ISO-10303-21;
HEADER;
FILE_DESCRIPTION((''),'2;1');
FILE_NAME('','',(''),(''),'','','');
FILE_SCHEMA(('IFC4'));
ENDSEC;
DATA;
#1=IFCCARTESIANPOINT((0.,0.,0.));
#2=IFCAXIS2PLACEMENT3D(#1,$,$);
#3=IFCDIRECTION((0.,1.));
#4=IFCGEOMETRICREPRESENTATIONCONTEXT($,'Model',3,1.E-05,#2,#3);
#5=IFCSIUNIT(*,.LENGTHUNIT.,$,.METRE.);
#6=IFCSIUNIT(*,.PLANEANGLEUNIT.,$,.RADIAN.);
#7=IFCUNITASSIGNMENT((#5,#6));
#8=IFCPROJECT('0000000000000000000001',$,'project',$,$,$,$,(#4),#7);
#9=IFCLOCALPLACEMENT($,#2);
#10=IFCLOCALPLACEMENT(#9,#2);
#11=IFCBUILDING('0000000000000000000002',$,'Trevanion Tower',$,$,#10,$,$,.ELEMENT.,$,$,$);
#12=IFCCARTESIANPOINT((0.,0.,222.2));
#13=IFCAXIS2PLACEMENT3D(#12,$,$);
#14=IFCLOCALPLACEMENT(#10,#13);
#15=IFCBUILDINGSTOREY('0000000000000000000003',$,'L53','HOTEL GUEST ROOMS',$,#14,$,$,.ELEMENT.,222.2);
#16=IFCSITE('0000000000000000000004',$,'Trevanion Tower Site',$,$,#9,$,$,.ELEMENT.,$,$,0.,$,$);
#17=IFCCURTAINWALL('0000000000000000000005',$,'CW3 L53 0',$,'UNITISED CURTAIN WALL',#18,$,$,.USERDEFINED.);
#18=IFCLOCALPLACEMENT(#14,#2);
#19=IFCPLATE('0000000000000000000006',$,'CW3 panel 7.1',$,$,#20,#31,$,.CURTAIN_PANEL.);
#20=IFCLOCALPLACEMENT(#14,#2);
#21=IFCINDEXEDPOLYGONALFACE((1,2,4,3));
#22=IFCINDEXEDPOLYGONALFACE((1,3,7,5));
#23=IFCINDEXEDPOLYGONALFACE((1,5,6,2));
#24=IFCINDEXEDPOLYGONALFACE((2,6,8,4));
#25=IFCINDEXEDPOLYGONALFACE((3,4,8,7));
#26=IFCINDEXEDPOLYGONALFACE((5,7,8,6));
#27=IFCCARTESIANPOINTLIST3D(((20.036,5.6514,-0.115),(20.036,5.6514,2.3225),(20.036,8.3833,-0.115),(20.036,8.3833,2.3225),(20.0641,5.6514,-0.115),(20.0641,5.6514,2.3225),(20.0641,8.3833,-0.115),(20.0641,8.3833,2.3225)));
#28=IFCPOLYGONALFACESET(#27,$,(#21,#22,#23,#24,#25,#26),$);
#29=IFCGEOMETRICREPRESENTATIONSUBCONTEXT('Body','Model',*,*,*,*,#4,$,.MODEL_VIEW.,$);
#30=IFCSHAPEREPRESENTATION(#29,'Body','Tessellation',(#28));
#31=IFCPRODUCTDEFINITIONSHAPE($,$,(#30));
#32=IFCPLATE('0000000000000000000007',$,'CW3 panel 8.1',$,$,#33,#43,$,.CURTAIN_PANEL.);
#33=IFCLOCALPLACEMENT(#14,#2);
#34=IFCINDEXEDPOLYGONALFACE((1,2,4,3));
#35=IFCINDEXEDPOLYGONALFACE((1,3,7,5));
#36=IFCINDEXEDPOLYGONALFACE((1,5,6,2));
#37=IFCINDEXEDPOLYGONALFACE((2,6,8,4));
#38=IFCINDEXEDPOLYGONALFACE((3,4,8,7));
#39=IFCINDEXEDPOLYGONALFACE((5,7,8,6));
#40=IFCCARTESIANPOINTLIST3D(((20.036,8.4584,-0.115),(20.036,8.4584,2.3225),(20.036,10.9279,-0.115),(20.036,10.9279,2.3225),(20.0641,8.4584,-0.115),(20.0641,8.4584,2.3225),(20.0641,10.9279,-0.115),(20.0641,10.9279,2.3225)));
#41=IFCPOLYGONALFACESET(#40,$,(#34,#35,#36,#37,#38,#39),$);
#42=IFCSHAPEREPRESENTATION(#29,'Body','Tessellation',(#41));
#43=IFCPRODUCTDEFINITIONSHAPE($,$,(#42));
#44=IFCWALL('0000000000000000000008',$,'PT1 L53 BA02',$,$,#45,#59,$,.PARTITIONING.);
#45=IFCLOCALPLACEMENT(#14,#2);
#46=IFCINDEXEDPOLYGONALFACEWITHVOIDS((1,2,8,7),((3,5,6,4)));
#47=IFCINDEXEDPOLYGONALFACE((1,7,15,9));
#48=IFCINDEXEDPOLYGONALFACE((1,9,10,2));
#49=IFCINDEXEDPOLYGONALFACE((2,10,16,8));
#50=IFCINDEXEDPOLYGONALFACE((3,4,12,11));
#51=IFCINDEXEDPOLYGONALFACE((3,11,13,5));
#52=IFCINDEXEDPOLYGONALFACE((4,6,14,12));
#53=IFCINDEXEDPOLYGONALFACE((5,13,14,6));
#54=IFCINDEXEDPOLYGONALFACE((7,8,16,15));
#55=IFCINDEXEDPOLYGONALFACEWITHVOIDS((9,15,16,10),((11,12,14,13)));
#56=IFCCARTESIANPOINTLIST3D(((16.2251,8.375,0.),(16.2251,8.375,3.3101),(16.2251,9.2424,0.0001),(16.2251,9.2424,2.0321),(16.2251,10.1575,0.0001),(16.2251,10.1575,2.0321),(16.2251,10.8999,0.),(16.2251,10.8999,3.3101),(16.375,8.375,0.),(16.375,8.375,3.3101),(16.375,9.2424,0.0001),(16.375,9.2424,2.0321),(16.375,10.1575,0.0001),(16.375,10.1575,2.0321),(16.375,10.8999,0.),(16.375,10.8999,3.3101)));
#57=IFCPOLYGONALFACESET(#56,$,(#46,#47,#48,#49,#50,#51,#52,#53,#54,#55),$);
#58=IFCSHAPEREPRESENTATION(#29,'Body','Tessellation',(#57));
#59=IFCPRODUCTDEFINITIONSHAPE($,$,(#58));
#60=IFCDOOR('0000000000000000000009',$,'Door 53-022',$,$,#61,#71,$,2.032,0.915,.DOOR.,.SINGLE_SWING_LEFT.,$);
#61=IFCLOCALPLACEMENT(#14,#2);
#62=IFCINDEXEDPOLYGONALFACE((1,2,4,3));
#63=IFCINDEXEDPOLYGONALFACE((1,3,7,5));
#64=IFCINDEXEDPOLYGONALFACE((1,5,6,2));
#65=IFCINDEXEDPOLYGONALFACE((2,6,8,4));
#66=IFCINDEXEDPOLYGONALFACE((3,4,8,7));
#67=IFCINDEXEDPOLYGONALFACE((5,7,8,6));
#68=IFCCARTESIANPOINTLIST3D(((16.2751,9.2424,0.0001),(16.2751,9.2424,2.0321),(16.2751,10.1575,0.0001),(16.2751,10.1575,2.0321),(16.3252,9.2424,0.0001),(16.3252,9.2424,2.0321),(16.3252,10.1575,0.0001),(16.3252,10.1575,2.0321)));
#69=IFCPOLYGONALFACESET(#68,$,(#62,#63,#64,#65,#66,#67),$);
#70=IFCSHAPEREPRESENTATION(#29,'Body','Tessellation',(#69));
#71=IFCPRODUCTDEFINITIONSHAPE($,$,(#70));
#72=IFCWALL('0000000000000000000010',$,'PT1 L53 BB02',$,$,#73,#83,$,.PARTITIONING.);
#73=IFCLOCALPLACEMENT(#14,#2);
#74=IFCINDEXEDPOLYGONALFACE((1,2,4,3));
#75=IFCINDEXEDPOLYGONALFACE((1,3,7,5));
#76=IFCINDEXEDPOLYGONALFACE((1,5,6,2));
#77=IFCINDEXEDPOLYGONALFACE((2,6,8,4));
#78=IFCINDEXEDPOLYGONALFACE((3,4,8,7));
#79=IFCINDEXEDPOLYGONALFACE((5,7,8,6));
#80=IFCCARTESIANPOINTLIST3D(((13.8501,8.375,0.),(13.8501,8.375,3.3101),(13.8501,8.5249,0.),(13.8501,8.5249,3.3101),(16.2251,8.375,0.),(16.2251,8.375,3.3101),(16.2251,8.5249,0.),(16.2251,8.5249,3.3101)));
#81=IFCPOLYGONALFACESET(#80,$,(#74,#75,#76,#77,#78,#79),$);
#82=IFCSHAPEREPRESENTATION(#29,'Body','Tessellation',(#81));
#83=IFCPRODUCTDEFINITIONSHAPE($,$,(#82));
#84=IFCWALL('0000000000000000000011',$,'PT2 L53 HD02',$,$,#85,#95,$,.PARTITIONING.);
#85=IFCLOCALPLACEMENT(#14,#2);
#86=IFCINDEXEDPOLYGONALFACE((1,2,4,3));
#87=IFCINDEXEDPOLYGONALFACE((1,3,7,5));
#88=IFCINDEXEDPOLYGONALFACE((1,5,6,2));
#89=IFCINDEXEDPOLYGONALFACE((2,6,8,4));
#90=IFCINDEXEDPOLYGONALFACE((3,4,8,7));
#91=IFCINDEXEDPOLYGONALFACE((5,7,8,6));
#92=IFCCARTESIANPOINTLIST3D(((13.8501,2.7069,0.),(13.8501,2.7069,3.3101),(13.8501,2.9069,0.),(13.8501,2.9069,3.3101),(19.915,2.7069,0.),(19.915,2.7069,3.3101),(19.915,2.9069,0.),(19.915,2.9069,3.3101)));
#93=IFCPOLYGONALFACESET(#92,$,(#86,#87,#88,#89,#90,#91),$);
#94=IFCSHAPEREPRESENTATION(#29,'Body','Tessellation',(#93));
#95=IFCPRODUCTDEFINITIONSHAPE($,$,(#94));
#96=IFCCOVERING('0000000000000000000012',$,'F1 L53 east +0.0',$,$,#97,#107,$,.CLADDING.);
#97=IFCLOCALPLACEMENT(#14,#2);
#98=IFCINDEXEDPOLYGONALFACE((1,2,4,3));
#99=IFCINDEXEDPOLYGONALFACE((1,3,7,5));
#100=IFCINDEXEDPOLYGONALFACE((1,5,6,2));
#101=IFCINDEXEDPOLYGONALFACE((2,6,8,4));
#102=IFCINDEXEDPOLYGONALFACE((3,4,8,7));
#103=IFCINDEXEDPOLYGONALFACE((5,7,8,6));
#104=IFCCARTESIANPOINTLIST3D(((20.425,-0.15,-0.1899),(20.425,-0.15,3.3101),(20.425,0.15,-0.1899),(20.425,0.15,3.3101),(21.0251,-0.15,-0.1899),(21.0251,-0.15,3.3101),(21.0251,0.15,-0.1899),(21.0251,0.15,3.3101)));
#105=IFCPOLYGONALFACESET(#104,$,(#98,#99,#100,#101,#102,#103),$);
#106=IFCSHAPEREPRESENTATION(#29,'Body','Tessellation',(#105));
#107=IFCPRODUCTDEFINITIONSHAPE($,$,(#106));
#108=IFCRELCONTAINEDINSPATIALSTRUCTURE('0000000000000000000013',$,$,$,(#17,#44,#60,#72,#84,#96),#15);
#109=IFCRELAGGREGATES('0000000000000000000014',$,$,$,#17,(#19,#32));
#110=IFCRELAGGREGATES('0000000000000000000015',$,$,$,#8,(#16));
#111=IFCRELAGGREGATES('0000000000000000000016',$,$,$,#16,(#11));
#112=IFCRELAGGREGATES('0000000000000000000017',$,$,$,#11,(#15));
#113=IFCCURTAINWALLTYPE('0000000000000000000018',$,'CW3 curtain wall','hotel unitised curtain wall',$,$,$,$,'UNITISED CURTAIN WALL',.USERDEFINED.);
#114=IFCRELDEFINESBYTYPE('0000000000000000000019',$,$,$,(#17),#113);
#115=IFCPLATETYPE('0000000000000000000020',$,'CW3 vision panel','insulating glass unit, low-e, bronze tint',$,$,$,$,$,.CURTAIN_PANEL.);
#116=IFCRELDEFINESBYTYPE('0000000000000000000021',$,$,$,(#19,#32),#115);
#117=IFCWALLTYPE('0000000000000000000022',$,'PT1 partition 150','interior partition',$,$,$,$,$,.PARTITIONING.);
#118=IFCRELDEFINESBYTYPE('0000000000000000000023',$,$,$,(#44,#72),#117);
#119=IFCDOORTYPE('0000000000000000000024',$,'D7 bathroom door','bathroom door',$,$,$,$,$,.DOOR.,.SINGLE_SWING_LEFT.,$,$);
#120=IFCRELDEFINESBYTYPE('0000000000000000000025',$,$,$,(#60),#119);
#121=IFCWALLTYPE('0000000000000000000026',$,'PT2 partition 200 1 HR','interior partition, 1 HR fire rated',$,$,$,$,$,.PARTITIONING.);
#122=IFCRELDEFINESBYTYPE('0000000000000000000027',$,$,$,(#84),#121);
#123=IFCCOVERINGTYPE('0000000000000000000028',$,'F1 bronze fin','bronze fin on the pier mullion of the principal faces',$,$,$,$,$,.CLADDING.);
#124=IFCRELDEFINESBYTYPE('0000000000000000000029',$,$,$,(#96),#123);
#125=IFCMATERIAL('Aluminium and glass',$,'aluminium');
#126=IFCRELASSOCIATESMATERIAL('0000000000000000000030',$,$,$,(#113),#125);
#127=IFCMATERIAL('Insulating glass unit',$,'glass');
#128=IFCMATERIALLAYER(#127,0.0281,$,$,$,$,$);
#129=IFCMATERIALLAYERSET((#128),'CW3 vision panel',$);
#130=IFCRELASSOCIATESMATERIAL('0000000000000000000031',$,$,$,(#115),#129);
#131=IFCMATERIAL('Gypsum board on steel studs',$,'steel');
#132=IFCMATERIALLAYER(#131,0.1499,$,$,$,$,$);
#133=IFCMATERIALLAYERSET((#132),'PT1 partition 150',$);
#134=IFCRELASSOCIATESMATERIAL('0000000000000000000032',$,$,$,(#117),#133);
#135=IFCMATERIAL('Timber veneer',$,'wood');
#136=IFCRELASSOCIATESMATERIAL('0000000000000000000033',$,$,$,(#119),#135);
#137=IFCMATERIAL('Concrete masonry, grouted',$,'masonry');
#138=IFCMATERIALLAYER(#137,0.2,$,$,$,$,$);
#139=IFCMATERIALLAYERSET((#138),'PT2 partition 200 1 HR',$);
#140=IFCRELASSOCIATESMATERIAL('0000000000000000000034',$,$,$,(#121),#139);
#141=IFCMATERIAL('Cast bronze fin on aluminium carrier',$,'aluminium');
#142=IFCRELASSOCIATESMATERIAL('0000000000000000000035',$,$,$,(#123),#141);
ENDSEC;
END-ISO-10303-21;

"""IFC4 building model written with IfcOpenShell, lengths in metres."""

from ifc_helpers import new_model, si_unit, direction, frame, frame_2d, origin, origin_2d, place, context, subcontext, project, spatial, rectangle, extrude, material, layer, layer_set, type_object, element, fill, aggregate, save


model = new_model("IFC4")

# Units and contexts
model_context = context("Model", 3, precision=1e-05, world=origin(), true_north=direction((0.0, 1.0)))
body_context = subcontext(model_context, "Body", "Model", "MODEL_VIEW")
ifc_project = project(units=[si_unit("LENGTHUNIT", "METRE"), si_unit("PLANEANGLEUNIT", "RADIAN")], contexts=[model_context])

# Site, building, storey
site_placement = place(None, origin())
site = spatial("IfcSite", under=ifc_project, at=site_placement, Name="Trevanion Tower Site", CompositionType="ELEMENT", RefElevation=0.0)
building_placement = place(site_placement, origin())
building = spatial("IfcBuilding", under=site, at=building_placement, Name="Trevanion Tower", CompositionType="ELEMENT")
storey_placement = place(building_placement, frame((0.0, 0.0, 222.2)))
storey = spatial("IfcBuildingStorey", under=building, at=storey_placement, Name="L53", Description="HOTEL GUEST ROOMS", CompositionType="ELEMENT", Elevation=222.2)

# Curtain wall
ifc_material_1 = material(Name="Aluminium and glass", Category="aluminium")
curtain_wall_type = type_object("IfcCurtainWallType", Name="CW3 curtain wall", Description="hotel unitised curtain wall", ElementType="UNITISED CURTAIN WALL", PredefinedType="USERDEFINED", material=ifc_material_1)
curtain_wall_placement = place(storey_placement, origin())
curtain_wall = element("IfcCurtainWall", 1, at=curtain_wall_placement, inside=storey, type_object=curtain_wall_type, Name="CW3 L53 0", ObjectType="UNITISED CURTAIN WALL", PredefinedType="USERDEFINED")

# Plates
ifc_material_2 = material(Name="Insulating glass unit", Category="glass")
ifc_layer_1 = layer(ifc_material_2, 0.0281)
ifc_layer_set_1 = layer_set([ifc_layer_1], Name="CW3 vision panel")
plate_type_1 = type_object("IfcPlateType", Name="CW3 vision panel", Description="insulating glass unit, low-e, bronze tint", PredefinedType="CURTAIN_PANEL", material=ifc_layer_set_1)
plate_1_placement = place(storey_placement, frame((20.05, 7.0173, -0.115), z_axis=(0.0, 0.0, 1.0), x_axis=(0.0, 1.0, 0.0)))
plate_1 = element("IfcPlate", 2, at=plate_1_placement, type_object=plate_type_1, Name="CW3 panel 7.1", PredefinedType="CURTAIN_PANEL", context=body_context, shape_type="SweptSolid", body=[
    extrude(rectangle(XDim=2.7319, YDim=0.0281, at=origin_2d()), origin(), (0.0, 0.0, 1.0), 2.4375),
])
plate_2_placement = place(storey_placement, frame((20.05, 9.6931, -0.115), z_axis=(0.0, 0.0, 1.0), x_axis=(0.0, 1.0, 0.0)))
plate_2 = element("IfcPlate", 3, at=plate_2_placement, type_object=plate_type_1, Name="CW3 panel 8.1", PredefinedType="CURTAIN_PANEL", context=body_context, shape_type="SweptSolid", body=[
    extrude(rectangle(XDim=2.4695, YDim=0.0281, at=origin_2d()), origin(), (0.0, 0.0, 1.0), 2.4375),
])
aggregate(curtain_wall, [plate_1, plate_2])

# Wall, opening, door
ifc_material_3 = material(Name="Gypsum board on steel studs", Category="steel")
ifc_layer_2 = layer(ifc_material_3, 0.1499)
ifc_layer_set_2 = layer_set([ifc_layer_2], Name="PT1 partition 150")
wall_type_1 = type_object("IfcWallType", Name="PT1 partition 150", Description="interior partition", PredefinedType="PARTITIONING", material=ifc_layer_set_2)
wall_1_placement = place(storey_placement, frame((16.3, 8.375, 0.0), z_axis=(0.0, 0.0, 1.0), x_axis=(0.0, 1.0, 0.0)))
wall_1 = element("IfcWall", 4, at=wall_1_placement, inside=storey, type_object=wall_type_1, Name="PT1 L53 BA02", PredefinedType="PARTITIONING", context=body_context, shape_type="SweptSolid", body=[
    extrude(rectangle(XDim=2.5249, YDim=0.1499, at=frame_2d((1.2625, 0.0))), origin(), (0.0, 0.0, 1.0), 3.3101),
])
opening_placement = place(wall_1_placement, frame((0.8674, 0.0, 0.0)))
opening = element("IfcOpeningElement", 5, at=opening_placement, cuts=wall_1, PredefinedType="OPENING", context=body_context, shape_type="SweptSolid", body=[
    extrude(rectangle(XDim=0.915, YDim=2.032, at=frame_2d((0.4575, 1.0161))), frame((0.0, 0.085, 0.0), z_axis=(0.0, -1.0, 0.0), x_axis=(1.0, 0.0, 0.0)), (0.0, 0.0, 1.0), 0.1699),
])
ifc_material_4 = material(Name="Timber veneer", Category="wood")
door_type = type_object("IfcDoorType", Name="D7 bathroom door", Description="bathroom door", OperationType="SINGLE_SWING_LEFT", PredefinedType="DOOR", material=ifc_material_4)
door_placement = place(opening_placement, origin())
door = element("IfcDoor", 6, at=door_placement, inside=storey, type_object=door_type, Name="Door 53-022", OperationType="SINGLE_SWING_LEFT", OverallHeight=2.032, OverallWidth=0.915, PredefinedType="DOOR", context=body_context, shape_type="SweptSolid", body=[
    extrude(rectangle(XDim=0.915, YDim=2.032, at=frame_2d((0.4575, 1.0161))), frame((0.0, 0.0249, 0.0), z_axis=(0.0, -1.0, 0.0), x_axis=(1.0, 0.0, 0.0)), (0.0, 0.0, 1.0), 0.05),
])
fill(opening, door)

# Walls
wall_2_placement = place(storey_placement, frame((13.8501, 8.45, 0.0), z_axis=(0.0, 0.0, 1.0), x_axis=(1.0, 0.0, 0.0)))
element("IfcWall", 7, at=wall_2_placement, inside=storey, type_object=wall_type_1, Name="PT1 L53 BB02", PredefinedType="PARTITIONING", context=body_context, shape_type="SweptSolid", body=[
    extrude(rectangle(XDim=2.375, YDim=0.1499, at=frame_2d((1.1875, 0.0))), origin(), (0.0, 0.0, 1.0), 3.3101),
])
ifc_material_5 = material(Name="Concrete masonry, grouted", Category="masonry")
ifc_layer_3 = layer(ifc_material_5, 0.2)
ifc_layer_set_3 = layer_set([ifc_layer_3], Name="PT2 partition 200 1 HR")
wall_type_2 = type_object("IfcWallType", Name="PT2 partition 200 1 HR", Description="interior partition, 1 HR fire rated", PredefinedType="PARTITIONING", material=ifc_layer_set_3)
wall_3_placement = place(storey_placement, frame((13.8501, 2.8069, 0.0), z_axis=(0.0, 0.0, 1.0), x_axis=(1.0, 0.0, 0.0)))
element("IfcWall", 8, at=wall_3_placement, inside=storey, type_object=wall_type_2, Name="PT2 L53 HD02", PredefinedType="PARTITIONING", context=body_context, shape_type="SweptSolid", body=[
    extrude(rectangle(XDim=6.0649, YDim=0.2, at=frame_2d((3.0325, 0.0))), origin(), (0.0, 0.0, 1.0), 3.3101),
])

# Covering
ifc_material_6 = material(Name="Cast bronze fin on aluminium carrier", Category="aluminium")
covering_type = type_object("IfcCoveringType", Name="F1 bronze fin", Description="bronze fin on the pier mullion of the principal faces", PredefinedType="CLADDING", material=ifc_material_6)
covering_placement = place(storey_placement, frame((20.7251, 0.0, -0.1899), z_axis=(0.0, 0.0, 1.0), x_axis=(0.0, 1.0, 0.0)))
element("IfcCovering", 9, at=covering_placement, inside=storey, type_object=covering_type, Name="F1 L53 east +0.0", PredefinedType="CLADDING", context=body_context, shape_type="SweptSolid", body=[
    extrude(rectangle(XDim=0.3, YDim=0.6001, at=origin_2d()), origin(), (0.0, 0.0, 1.0), 3.5),
])

save(model, "model.ifc")
